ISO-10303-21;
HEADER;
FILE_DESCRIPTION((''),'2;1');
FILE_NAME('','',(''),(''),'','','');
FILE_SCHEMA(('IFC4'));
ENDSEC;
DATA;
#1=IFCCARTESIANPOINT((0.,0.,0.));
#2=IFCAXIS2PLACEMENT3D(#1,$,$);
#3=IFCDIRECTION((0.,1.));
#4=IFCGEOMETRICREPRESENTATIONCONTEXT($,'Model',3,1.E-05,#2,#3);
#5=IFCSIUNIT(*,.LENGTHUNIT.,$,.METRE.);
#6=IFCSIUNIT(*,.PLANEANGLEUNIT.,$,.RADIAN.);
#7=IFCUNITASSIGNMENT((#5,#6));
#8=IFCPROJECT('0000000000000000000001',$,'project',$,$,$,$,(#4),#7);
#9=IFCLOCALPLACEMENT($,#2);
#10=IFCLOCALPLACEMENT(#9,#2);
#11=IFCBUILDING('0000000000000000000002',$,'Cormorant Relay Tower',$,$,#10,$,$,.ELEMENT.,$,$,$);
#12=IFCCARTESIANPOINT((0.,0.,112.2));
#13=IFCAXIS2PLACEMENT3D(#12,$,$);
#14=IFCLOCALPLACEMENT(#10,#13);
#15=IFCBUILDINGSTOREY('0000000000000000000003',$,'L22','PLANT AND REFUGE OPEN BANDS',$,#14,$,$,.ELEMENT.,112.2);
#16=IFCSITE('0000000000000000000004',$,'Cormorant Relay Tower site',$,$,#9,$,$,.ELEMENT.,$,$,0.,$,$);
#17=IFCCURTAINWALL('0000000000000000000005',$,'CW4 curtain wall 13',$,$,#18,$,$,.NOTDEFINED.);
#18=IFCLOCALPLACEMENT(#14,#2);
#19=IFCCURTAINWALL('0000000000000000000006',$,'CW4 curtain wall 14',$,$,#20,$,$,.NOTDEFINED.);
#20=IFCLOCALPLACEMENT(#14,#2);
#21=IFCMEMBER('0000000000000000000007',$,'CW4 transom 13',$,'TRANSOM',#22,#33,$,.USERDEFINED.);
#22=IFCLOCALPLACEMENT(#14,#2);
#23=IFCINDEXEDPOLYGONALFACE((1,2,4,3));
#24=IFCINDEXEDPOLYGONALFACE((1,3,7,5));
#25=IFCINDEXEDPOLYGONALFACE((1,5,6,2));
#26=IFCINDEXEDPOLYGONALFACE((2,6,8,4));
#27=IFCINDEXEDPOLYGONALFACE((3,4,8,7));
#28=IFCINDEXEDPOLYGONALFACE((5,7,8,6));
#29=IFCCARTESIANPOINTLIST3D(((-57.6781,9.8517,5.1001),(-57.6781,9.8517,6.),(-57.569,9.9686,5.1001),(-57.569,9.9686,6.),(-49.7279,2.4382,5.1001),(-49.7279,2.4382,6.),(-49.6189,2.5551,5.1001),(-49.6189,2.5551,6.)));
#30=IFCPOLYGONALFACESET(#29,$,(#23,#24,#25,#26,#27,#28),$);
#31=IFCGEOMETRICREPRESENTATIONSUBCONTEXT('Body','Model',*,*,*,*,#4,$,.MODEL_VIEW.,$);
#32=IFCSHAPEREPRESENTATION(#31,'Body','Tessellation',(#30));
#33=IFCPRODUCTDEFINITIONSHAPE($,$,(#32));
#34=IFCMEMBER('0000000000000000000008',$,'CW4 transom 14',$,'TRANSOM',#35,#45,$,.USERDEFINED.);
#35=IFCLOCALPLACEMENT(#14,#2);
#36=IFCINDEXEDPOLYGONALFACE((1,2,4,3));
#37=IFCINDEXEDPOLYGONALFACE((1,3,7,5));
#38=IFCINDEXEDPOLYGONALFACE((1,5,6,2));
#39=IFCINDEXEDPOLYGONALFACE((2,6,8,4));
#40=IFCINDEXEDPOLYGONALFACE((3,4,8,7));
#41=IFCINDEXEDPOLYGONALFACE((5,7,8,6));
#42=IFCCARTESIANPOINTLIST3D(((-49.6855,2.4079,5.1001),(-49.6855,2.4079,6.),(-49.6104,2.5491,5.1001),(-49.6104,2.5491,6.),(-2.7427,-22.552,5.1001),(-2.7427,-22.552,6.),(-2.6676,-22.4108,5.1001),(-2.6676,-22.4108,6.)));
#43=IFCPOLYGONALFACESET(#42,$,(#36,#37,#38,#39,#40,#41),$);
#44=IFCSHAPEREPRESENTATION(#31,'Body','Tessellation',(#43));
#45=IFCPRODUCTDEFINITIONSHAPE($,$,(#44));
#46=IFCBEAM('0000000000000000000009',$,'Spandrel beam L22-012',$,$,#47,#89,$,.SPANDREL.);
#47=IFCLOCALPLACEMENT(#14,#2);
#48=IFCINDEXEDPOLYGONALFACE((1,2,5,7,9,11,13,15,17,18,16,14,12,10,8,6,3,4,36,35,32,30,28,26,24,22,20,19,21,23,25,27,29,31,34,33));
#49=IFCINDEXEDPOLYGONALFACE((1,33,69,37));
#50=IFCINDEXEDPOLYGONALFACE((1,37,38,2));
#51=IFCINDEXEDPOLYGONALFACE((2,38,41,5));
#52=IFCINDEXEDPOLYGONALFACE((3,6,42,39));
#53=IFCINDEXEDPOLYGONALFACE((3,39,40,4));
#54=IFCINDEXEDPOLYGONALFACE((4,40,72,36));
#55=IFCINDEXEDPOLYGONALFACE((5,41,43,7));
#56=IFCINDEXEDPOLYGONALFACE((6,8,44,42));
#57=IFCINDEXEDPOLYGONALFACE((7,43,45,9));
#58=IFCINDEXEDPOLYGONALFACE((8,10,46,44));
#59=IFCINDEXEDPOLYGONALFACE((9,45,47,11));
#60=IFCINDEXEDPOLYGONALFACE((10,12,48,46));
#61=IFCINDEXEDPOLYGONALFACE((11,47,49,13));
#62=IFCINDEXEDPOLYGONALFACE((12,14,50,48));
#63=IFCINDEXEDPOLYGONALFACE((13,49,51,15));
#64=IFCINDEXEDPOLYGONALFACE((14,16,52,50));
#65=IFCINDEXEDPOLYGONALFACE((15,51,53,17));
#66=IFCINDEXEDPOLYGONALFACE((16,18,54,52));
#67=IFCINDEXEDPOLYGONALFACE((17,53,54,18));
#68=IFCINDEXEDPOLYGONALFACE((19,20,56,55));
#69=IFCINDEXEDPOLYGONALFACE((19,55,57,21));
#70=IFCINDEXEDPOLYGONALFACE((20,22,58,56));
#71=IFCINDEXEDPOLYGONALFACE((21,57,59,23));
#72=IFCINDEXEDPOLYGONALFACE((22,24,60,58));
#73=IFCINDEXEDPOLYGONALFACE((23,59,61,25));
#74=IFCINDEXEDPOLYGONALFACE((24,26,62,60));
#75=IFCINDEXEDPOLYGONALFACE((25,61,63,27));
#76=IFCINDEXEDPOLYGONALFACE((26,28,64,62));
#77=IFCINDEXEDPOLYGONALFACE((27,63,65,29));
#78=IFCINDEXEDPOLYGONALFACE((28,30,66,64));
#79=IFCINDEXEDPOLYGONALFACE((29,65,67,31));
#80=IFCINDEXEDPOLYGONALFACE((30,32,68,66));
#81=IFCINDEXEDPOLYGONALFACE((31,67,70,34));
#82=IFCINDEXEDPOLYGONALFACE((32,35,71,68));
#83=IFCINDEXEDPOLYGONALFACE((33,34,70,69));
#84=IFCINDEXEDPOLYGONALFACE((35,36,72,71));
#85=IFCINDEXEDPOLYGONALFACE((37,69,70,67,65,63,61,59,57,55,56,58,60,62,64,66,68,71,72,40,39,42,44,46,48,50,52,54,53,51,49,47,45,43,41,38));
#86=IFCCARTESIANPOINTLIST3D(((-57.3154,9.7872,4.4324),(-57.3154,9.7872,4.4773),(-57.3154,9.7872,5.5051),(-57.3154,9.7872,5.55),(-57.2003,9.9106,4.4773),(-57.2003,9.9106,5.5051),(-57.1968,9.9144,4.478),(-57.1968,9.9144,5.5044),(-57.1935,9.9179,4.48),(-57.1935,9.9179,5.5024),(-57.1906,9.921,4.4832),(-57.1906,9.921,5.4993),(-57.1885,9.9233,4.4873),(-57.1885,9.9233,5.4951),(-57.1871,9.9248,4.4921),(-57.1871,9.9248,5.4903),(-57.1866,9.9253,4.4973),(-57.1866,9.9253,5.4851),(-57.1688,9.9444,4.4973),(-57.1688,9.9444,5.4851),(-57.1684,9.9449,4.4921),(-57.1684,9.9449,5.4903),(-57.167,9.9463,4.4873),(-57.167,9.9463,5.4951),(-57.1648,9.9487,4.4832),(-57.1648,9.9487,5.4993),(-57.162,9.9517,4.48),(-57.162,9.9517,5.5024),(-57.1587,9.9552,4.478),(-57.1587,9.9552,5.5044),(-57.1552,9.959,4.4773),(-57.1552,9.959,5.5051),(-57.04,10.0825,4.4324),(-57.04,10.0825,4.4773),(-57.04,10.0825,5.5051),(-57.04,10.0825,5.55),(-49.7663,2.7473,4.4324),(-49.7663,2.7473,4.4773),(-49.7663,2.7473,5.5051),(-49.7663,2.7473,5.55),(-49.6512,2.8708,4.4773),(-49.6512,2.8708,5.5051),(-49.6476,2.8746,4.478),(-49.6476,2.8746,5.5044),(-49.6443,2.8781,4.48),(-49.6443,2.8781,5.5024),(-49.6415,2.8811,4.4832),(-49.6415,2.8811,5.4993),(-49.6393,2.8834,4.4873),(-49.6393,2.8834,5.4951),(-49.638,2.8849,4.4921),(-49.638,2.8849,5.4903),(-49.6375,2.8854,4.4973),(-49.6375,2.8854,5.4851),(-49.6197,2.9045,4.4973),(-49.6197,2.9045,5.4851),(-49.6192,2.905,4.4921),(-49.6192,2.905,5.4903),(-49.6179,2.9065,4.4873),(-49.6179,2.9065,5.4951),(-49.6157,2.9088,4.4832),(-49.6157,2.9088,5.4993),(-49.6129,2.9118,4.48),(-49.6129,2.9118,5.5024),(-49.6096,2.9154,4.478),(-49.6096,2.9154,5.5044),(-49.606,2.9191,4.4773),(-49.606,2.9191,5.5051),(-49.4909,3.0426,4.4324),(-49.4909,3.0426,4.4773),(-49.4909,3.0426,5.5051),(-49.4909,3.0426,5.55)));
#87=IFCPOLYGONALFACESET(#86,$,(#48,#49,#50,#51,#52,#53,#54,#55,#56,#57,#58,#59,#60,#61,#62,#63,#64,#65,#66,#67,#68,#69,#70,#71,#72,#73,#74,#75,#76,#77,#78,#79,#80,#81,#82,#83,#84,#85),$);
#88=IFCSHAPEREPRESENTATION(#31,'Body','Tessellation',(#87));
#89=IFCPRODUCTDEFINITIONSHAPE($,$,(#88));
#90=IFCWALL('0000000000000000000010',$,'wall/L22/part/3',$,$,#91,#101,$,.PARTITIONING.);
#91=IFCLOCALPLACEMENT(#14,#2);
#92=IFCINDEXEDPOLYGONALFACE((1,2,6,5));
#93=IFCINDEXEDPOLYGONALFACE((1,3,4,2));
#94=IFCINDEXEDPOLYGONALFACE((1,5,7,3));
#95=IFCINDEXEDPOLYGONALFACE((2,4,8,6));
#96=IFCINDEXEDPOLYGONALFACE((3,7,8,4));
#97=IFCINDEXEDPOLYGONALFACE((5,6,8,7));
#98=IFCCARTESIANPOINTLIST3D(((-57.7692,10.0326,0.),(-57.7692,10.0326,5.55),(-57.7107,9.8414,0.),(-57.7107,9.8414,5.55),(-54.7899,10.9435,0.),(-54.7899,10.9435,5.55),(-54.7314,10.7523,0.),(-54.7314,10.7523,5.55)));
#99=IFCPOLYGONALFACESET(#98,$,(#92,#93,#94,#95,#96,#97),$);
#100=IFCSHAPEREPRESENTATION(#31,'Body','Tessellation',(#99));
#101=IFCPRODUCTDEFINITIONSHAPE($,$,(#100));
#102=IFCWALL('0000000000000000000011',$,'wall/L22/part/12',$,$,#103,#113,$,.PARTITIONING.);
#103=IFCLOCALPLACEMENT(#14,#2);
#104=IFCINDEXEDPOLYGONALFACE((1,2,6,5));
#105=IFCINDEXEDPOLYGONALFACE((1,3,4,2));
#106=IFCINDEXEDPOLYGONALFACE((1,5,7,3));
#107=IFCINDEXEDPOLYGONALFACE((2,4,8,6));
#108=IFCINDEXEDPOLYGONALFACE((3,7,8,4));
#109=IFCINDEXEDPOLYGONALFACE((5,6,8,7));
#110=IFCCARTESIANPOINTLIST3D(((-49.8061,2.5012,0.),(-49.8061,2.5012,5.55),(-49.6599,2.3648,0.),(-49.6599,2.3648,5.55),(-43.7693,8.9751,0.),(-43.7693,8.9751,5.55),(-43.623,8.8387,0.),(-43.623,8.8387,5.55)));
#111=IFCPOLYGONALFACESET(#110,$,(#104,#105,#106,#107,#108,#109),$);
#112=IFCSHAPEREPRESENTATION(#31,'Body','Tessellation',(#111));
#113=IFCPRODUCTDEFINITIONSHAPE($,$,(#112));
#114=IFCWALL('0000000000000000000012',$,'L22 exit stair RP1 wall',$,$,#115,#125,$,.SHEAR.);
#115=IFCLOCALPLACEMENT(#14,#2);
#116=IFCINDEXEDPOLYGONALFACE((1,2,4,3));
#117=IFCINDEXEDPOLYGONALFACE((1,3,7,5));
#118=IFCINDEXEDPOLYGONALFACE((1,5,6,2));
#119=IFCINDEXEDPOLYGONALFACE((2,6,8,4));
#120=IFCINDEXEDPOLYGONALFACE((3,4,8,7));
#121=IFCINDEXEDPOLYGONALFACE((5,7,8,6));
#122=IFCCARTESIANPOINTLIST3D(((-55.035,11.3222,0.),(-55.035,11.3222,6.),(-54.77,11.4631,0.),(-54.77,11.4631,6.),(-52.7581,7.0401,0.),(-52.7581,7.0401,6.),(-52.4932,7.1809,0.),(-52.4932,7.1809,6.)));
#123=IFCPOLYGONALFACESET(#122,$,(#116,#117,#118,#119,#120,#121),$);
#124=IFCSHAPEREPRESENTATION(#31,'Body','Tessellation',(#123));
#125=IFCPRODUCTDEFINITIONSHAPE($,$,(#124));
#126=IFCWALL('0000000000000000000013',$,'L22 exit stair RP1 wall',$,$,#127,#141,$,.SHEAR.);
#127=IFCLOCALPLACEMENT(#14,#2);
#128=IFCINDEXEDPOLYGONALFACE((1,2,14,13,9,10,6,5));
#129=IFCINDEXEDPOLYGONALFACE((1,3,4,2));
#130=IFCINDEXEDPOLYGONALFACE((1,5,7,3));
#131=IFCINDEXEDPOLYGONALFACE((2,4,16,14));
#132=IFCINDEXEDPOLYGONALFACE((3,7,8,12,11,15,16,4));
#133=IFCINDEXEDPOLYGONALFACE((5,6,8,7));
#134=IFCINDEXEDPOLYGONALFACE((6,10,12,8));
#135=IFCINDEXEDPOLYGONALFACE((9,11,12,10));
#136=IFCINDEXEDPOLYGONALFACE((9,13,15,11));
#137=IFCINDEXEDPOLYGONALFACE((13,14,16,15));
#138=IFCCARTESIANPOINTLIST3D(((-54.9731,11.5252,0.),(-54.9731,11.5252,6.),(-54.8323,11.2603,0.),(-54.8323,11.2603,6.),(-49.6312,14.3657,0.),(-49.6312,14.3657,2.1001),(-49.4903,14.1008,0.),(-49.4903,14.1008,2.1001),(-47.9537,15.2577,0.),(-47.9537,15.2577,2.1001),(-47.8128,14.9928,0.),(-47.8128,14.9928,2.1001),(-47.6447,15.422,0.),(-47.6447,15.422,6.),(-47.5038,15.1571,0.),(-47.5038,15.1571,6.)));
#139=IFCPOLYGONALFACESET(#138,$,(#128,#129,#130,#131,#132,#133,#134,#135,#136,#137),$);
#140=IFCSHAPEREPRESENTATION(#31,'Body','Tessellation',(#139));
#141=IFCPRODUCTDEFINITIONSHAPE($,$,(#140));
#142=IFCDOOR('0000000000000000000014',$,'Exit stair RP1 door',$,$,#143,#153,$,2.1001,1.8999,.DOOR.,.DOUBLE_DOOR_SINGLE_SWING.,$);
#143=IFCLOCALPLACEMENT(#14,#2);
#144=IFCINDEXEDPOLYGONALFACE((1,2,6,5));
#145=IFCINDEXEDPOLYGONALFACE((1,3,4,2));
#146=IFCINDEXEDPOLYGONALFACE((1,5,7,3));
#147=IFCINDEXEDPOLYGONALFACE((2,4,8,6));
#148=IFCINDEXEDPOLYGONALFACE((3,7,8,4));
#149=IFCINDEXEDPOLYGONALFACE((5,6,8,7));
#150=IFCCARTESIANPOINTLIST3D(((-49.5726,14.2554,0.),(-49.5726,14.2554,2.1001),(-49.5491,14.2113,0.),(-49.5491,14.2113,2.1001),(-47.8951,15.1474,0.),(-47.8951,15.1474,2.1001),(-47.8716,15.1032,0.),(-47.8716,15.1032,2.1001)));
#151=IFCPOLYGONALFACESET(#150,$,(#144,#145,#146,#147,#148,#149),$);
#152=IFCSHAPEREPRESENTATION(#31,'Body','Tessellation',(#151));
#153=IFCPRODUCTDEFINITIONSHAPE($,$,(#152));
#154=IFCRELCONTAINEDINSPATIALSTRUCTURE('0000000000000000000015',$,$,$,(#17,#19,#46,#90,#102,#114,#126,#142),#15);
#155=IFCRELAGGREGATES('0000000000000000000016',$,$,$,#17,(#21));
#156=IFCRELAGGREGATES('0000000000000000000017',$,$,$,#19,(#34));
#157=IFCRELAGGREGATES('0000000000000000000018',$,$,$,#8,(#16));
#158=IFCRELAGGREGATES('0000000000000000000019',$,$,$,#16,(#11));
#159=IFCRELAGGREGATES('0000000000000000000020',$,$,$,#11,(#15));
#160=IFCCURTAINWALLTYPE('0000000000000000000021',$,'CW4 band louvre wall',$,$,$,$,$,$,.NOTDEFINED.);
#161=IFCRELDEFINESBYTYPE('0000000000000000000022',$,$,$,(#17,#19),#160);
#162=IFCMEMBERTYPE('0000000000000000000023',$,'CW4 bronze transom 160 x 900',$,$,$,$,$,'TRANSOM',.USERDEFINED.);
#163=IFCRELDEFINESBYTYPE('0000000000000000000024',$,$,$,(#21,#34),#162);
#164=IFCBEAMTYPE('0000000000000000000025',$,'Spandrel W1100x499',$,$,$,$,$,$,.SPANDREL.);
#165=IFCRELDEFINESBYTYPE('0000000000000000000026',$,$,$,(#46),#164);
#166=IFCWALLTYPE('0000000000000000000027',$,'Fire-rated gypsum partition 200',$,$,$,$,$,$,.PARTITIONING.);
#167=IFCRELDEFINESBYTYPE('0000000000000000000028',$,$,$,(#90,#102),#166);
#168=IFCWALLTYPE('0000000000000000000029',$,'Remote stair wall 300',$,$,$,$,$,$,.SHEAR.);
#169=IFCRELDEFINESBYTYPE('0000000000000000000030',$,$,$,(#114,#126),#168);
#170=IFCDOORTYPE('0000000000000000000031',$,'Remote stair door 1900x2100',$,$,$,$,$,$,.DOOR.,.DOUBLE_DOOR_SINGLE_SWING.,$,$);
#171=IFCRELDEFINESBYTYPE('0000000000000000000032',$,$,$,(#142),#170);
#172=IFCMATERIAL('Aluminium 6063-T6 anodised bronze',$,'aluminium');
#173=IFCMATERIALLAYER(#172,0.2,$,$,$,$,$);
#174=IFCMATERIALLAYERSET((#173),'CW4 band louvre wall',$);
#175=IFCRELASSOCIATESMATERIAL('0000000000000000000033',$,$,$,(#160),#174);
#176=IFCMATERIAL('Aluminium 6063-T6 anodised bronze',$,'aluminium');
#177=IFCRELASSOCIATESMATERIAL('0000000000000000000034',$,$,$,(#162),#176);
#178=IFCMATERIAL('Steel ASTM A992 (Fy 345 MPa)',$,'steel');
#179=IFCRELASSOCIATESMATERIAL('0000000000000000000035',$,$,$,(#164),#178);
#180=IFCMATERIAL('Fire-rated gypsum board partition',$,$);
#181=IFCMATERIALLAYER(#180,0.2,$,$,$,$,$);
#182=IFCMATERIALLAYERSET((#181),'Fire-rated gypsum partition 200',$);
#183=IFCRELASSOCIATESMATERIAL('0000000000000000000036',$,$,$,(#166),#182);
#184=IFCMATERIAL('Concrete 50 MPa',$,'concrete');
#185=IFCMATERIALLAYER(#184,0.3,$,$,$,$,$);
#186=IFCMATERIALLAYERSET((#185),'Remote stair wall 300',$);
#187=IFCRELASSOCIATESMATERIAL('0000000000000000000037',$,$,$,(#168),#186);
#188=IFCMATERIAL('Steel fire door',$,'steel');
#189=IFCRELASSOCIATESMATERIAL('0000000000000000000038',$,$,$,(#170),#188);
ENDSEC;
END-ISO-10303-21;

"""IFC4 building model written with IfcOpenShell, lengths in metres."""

from ifc_helpers import new_model, si_unit, direction, frame, frame_2d, origin, origin_2d, place, context, subcontext, project, spatial, rectangle, i_section, extrude, material, layer, layer_set, material_profile, profile_set, type_object, element, fill, aggregate, save


model = new_model("IFC4")

# Units and contexts
model_context = context("Model", 3, precision=1e-05, world=origin(), true_north=direction((0.0, 1.0)))
body_context = subcontext(model_context, "Body", "Model", "MODEL_VIEW")
ifc_project = project(units=[si_unit("LENGTHUNIT", "METRE"), si_unit("PLANEANGLEUNIT", "RADIAN")], contexts=[model_context])

# Site, building, storey
site_placement = place(None, origin())
site = spatial("IfcSite", under=ifc_project, at=site_placement, Name="Cormorant Relay Tower site", CompositionType="ELEMENT", RefElevation=0.0)
building_placement = place(site_placement, origin())
building = spatial("IfcBuilding", under=site, at=building_placement, Name="Cormorant Relay Tower", CompositionType="ELEMENT")
storey_placement = place(building_placement, frame((0.0, 0.0, 112.2)))
storey = spatial("IfcBuildingStorey", under=building, at=storey_placement, Name="L22", Description="PLANT AND REFUGE OPEN BANDS", CompositionType="ELEMENT", Elevation=112.2)

# Curtain wall
ifc_material_1 = material(Name="Aluminium 6063-T6 anodised bronze", Category="aluminium")
ifc_layer_1 = layer(ifc_material_1, 0.2)
ifc_layer_set_1 = layer_set([ifc_layer_1], Name="CW4 band louvre wall")
curtain_wall_type = type_object("IfcCurtainWallType", Name="CW4 band louvre wall", PredefinedType="NOTDEFINED", material=ifc_layer_set_1)
curtain_wall_1_placement = place(storey_placement, origin())
curtain_wall_1 = element("IfcCurtainWall", 1, at=curtain_wall_1_placement, inside=storey, type_object=curtain_wall_type, Name="CW4 curtain wall 13", PredefinedType="NOTDEFINED")

# Curtain wall
curtain_wall_2_placement = place(storey_placement, origin())
curtain_wall_2 = element("IfcCurtainWall", 2, at=curtain_wall_2_placement, inside=storey, type_object=curtain_wall_type, Name="CW4 curtain wall 14", PredefinedType="NOTDEFINED")

# Members
ifc_material_2 = material(Name="Aluminium 6063-T6 anodised bronze", Category="aluminium")
ifc_material_profile_1 = material_profile(ifc_material_2, rectangle(XDim=0.1599, YDim=0.8999, at=origin_2d()), Name="AL 160x900")
ifc_profile_set_1 = profile_set([ifc_material_profile_1], Name="Aluminium 6063-T6 anodised bronze")
member_type_1 = type_object("IfcMemberType", Name="CW4 bronze transom 160 x 900", ElementType="TRANSOM", PredefinedType="USERDEFINED", material=ifc_profile_set_1)
member_1_placement = place(storey_placement, frame((-57.6235, 9.9102, 5.55), z_axis=(0.731358, -0.681993, 0.0), x_axis=(0.681993, 0.731358, 0.0)))
member_1 = element("IfcMember", 3, at=member_1_placement, type_object=member_type_1, Name="CW4 transom 13", ObjectType="TRANSOM", PredefinedType="USERDEFINED", context=body_context, shape_type="SweptSolid", body=[
    extrude(rectangle(XDim=0.1599, YDim=0.8999, at=origin_2d()), origin(), (0.0, 0.0, 1.0), 10.8704),
])
member_2_placement = place(storey_placement, frame((-49.6479, 2.4785, 5.55), z_axis=(0.882948, -0.469471, 0.0), x_axis=(0.469471, 0.882948, 0.0)))
member_2 = element("IfcMember", 4, at=member_2_placement, type_object=member_type_1, Name="CW4 transom 14", ObjectType="TRANSOM", PredefinedType="USERDEFINED", context=body_context, shape_type="SweptSolid", body=[
    extrude(rectangle(XDim=0.1599, YDim=0.8999, at=origin_2d()), origin(), (0.0, 0.0, 1.0), 53.166),
])

# Beam
ifc_material_3 = material(Name="Steel ASTM A992 (Fy 345 MPa)", Category="steel")
ifc_material_profile_2 = material_profile(ifc_material_3, i_section(OverallWidth=0.4038, OverallDepth=1.1177, WebThickness=0.0261, FlangeThickness=0.0449, FilletRadius=0.02, at=origin_2d()), Name="W1100x499")
ifc_profile_set_2 = profile_set([ifc_material_profile_2], Name="Steel ASTM A992 (Fy 345 MPa)")
beam_type = type_object("IfcBeamType", Name="Spandrel W1100x499", PredefinedType="SPANDREL", material=ifc_profile_set_2)
beam_placement = place(storey_placement, frame((-57.1777, 9.9348, 4.9912), z_axis=(0.731345, -0.682007, 0.0), x_axis=(0.682007, 0.731345, 0.0)))
element("IfcBeam", 5, at=beam_placement, inside=storey, type_object=beam_type, Name="Spandrel beam L22-012", PredefinedType="SPANDREL", context=body_context, shape_type="SweptSolid", body=[
    extrude(i_section(OverallWidth=0.4038, OverallDepth=1.1177, WebThickness=0.0261, FlangeThickness=0.0449, FilletRadius=0.02, at=origin_2d()), origin(), (0.0, 0.0, 1.0), 10.3223),
])

# Walls
ifc_material_4 = material(Name="Fire-rated gypsum board partition")
ifc_layer_2 = layer(ifc_material_4, 0.2)
ifc_layer_set_2 = layer_set([ifc_layer_2], Name="Fire-rated gypsum partition 200")
wall_type_1 = type_object("IfcWallType", Name="Fire-rated gypsum partition 200", PredefinedType="PARTITIONING", material=ifc_layer_set_2)
wall_1_placement = place(storey_placement, frame((-54.7607, 10.8479, 0.0), z_axis=(0.0, 0.0, 1.0), x_axis=(-0.956301, -0.292384, 0.0)))
element("IfcWall", 6, at=wall_1_placement, inside=storey, type_object=wall_type_1, Name="wall/L22/part/3", PredefinedType="PARTITIONING", context=body_context, shape_type="SweptSolid", body=[
    extrude(rectangle(XDim=3.1155, YDim=0.2, at=frame_2d((1.5576, 0.0))), origin(), (0.0, 0.0, 1.0), 5.55),
])
wall_2_placement = place(storey_placement, frame((-49.7329, 2.4331, 0.0), z_axis=(0.0, 0.0, 1.0), x_axis=(0.681991, 0.731361, 0.0)))
element("IfcWall", 7, at=wall_2_placement, inside=storey, type_object=wall_type_1, Name="wall/L22/part/12", PredefinedType="PARTITIONING", context=body_context, shape_type="SweptSolid", body=[
    extrude(rectangle(XDim=8.8518, YDim=0.2, at=frame_2d((4.4258, 0.0))), origin(), (0.0, 0.0, 1.0), 5.55),
])
ifc_material_5 = material(Name="Concrete 50 MPa", Category="concrete")
ifc_layer_3 = layer(ifc_material_5, 0.3)
ifc_layer_set_3 = layer_set([ifc_layer_3], Name="Remote stair wall 300")
wall_type_2 = type_object("IfcWallType", Name="Remote stair wall 300", PredefinedType="SHEAR", material=ifc_layer_set_3)
wall_3_placement = place(storey_placement, frame((-52.6257, 7.1106, 0.0), z_axis=(0.0, 0.0, 1.0), x_axis=(-0.469464, 0.882951, 0.0)))
element("IfcWall", 8, at=wall_3_placement, inside=storey, type_object=wall_type_2, Name="L22 exit stair RP1 wall", PredefinedType="SHEAR", context=body_context, shape_type="SweptSolid", body=[
    extrude(rectangle(XDim=4.8499, YDim=0.3, at=frame_2d((2.4248, 0.0))), origin(), (0.0, 0.0, 1.0), 6.0),
])

# Wall, opening, door
wall_4_placement = place(storey_placement, frame((-54.9026, 11.3928, 0.0), z_axis=(0.0, 0.0, 1.0), x_axis=(0.882939, 0.469487, 0.0)))
wall_4 = element("IfcWall", 9, at=wall_4_placement, inside=storey, type_object=wall_type_2, Name="L22 exit stair RP1 wall", PredefinedType="SHEAR", context=body_context, shape_type="SweptSolid", body=[
    extrude(rectangle(XDim=8.3, YDim=0.3, at=frame_2d((4.1499, 0.0))), origin(), (0.0, 0.0, 1.0), 6.0),
])
opening_placement = place(wall_4_placement, frame((6.05, 0.0, 0.0)))
opening = element("IfcOpeningElement", 10, at=opening_placement, cuts=wall_4, PredefinedType="OPENING", context=body_context, shape_type="SweptSolid", body=[
    extrude(rectangle(XDim=1.8999, YDim=2.1001, at=frame_2d((0.95, 1.05))), frame((0.0, 0.1599, 0.0), z_axis=(0.0, -1.0, 0.0), x_axis=(1.0, 0.0, 0.0)), (0.0, 0.0, 1.0), 0.3201),
])
ifc_material_6 = material(Name="Steel fire door", Category="steel")
door_type = type_object("IfcDoorType", Name="Remote stair door 1900x2100", OperationType="DOUBLE_DOOR_SINGLE_SWING", PredefinedType="DOOR", material=ifc_material_6)
door_placement = place(opening_placement, frame((1.8999, 0.0, 0.0), z_axis=(0.0, 0.0, 1.0), x_axis=(-1.0, 0.0, 0.0)))
door = element("IfcDoor", 11, at=door_placement, inside=storey, type_object=door_type, Name="Exit stair RP1 door", OperationType="DOUBLE_DOOR_SINGLE_SWING", OverallHeight=2.1001, OverallWidth=1.8999, PredefinedType="DOOR", context=body_context, shape_type="SweptSolid", body=[
    extrude(rectangle(XDim=1.8999, YDim=2.1001, at=frame_2d((0.95, 1.05))), frame((0.0, 0.0249, 0.0), z_axis=(0.0, -1.0, 0.0), x_axis=(1.0, 0.0, 0.0)), (0.0, 0.0, 1.0), 0.05),
])
fill(opening, door)

aggregate(curtain_wall_1, [member_1])
aggregate(curtain_wall_2, [member_2])

save(model, "model.ifc")
